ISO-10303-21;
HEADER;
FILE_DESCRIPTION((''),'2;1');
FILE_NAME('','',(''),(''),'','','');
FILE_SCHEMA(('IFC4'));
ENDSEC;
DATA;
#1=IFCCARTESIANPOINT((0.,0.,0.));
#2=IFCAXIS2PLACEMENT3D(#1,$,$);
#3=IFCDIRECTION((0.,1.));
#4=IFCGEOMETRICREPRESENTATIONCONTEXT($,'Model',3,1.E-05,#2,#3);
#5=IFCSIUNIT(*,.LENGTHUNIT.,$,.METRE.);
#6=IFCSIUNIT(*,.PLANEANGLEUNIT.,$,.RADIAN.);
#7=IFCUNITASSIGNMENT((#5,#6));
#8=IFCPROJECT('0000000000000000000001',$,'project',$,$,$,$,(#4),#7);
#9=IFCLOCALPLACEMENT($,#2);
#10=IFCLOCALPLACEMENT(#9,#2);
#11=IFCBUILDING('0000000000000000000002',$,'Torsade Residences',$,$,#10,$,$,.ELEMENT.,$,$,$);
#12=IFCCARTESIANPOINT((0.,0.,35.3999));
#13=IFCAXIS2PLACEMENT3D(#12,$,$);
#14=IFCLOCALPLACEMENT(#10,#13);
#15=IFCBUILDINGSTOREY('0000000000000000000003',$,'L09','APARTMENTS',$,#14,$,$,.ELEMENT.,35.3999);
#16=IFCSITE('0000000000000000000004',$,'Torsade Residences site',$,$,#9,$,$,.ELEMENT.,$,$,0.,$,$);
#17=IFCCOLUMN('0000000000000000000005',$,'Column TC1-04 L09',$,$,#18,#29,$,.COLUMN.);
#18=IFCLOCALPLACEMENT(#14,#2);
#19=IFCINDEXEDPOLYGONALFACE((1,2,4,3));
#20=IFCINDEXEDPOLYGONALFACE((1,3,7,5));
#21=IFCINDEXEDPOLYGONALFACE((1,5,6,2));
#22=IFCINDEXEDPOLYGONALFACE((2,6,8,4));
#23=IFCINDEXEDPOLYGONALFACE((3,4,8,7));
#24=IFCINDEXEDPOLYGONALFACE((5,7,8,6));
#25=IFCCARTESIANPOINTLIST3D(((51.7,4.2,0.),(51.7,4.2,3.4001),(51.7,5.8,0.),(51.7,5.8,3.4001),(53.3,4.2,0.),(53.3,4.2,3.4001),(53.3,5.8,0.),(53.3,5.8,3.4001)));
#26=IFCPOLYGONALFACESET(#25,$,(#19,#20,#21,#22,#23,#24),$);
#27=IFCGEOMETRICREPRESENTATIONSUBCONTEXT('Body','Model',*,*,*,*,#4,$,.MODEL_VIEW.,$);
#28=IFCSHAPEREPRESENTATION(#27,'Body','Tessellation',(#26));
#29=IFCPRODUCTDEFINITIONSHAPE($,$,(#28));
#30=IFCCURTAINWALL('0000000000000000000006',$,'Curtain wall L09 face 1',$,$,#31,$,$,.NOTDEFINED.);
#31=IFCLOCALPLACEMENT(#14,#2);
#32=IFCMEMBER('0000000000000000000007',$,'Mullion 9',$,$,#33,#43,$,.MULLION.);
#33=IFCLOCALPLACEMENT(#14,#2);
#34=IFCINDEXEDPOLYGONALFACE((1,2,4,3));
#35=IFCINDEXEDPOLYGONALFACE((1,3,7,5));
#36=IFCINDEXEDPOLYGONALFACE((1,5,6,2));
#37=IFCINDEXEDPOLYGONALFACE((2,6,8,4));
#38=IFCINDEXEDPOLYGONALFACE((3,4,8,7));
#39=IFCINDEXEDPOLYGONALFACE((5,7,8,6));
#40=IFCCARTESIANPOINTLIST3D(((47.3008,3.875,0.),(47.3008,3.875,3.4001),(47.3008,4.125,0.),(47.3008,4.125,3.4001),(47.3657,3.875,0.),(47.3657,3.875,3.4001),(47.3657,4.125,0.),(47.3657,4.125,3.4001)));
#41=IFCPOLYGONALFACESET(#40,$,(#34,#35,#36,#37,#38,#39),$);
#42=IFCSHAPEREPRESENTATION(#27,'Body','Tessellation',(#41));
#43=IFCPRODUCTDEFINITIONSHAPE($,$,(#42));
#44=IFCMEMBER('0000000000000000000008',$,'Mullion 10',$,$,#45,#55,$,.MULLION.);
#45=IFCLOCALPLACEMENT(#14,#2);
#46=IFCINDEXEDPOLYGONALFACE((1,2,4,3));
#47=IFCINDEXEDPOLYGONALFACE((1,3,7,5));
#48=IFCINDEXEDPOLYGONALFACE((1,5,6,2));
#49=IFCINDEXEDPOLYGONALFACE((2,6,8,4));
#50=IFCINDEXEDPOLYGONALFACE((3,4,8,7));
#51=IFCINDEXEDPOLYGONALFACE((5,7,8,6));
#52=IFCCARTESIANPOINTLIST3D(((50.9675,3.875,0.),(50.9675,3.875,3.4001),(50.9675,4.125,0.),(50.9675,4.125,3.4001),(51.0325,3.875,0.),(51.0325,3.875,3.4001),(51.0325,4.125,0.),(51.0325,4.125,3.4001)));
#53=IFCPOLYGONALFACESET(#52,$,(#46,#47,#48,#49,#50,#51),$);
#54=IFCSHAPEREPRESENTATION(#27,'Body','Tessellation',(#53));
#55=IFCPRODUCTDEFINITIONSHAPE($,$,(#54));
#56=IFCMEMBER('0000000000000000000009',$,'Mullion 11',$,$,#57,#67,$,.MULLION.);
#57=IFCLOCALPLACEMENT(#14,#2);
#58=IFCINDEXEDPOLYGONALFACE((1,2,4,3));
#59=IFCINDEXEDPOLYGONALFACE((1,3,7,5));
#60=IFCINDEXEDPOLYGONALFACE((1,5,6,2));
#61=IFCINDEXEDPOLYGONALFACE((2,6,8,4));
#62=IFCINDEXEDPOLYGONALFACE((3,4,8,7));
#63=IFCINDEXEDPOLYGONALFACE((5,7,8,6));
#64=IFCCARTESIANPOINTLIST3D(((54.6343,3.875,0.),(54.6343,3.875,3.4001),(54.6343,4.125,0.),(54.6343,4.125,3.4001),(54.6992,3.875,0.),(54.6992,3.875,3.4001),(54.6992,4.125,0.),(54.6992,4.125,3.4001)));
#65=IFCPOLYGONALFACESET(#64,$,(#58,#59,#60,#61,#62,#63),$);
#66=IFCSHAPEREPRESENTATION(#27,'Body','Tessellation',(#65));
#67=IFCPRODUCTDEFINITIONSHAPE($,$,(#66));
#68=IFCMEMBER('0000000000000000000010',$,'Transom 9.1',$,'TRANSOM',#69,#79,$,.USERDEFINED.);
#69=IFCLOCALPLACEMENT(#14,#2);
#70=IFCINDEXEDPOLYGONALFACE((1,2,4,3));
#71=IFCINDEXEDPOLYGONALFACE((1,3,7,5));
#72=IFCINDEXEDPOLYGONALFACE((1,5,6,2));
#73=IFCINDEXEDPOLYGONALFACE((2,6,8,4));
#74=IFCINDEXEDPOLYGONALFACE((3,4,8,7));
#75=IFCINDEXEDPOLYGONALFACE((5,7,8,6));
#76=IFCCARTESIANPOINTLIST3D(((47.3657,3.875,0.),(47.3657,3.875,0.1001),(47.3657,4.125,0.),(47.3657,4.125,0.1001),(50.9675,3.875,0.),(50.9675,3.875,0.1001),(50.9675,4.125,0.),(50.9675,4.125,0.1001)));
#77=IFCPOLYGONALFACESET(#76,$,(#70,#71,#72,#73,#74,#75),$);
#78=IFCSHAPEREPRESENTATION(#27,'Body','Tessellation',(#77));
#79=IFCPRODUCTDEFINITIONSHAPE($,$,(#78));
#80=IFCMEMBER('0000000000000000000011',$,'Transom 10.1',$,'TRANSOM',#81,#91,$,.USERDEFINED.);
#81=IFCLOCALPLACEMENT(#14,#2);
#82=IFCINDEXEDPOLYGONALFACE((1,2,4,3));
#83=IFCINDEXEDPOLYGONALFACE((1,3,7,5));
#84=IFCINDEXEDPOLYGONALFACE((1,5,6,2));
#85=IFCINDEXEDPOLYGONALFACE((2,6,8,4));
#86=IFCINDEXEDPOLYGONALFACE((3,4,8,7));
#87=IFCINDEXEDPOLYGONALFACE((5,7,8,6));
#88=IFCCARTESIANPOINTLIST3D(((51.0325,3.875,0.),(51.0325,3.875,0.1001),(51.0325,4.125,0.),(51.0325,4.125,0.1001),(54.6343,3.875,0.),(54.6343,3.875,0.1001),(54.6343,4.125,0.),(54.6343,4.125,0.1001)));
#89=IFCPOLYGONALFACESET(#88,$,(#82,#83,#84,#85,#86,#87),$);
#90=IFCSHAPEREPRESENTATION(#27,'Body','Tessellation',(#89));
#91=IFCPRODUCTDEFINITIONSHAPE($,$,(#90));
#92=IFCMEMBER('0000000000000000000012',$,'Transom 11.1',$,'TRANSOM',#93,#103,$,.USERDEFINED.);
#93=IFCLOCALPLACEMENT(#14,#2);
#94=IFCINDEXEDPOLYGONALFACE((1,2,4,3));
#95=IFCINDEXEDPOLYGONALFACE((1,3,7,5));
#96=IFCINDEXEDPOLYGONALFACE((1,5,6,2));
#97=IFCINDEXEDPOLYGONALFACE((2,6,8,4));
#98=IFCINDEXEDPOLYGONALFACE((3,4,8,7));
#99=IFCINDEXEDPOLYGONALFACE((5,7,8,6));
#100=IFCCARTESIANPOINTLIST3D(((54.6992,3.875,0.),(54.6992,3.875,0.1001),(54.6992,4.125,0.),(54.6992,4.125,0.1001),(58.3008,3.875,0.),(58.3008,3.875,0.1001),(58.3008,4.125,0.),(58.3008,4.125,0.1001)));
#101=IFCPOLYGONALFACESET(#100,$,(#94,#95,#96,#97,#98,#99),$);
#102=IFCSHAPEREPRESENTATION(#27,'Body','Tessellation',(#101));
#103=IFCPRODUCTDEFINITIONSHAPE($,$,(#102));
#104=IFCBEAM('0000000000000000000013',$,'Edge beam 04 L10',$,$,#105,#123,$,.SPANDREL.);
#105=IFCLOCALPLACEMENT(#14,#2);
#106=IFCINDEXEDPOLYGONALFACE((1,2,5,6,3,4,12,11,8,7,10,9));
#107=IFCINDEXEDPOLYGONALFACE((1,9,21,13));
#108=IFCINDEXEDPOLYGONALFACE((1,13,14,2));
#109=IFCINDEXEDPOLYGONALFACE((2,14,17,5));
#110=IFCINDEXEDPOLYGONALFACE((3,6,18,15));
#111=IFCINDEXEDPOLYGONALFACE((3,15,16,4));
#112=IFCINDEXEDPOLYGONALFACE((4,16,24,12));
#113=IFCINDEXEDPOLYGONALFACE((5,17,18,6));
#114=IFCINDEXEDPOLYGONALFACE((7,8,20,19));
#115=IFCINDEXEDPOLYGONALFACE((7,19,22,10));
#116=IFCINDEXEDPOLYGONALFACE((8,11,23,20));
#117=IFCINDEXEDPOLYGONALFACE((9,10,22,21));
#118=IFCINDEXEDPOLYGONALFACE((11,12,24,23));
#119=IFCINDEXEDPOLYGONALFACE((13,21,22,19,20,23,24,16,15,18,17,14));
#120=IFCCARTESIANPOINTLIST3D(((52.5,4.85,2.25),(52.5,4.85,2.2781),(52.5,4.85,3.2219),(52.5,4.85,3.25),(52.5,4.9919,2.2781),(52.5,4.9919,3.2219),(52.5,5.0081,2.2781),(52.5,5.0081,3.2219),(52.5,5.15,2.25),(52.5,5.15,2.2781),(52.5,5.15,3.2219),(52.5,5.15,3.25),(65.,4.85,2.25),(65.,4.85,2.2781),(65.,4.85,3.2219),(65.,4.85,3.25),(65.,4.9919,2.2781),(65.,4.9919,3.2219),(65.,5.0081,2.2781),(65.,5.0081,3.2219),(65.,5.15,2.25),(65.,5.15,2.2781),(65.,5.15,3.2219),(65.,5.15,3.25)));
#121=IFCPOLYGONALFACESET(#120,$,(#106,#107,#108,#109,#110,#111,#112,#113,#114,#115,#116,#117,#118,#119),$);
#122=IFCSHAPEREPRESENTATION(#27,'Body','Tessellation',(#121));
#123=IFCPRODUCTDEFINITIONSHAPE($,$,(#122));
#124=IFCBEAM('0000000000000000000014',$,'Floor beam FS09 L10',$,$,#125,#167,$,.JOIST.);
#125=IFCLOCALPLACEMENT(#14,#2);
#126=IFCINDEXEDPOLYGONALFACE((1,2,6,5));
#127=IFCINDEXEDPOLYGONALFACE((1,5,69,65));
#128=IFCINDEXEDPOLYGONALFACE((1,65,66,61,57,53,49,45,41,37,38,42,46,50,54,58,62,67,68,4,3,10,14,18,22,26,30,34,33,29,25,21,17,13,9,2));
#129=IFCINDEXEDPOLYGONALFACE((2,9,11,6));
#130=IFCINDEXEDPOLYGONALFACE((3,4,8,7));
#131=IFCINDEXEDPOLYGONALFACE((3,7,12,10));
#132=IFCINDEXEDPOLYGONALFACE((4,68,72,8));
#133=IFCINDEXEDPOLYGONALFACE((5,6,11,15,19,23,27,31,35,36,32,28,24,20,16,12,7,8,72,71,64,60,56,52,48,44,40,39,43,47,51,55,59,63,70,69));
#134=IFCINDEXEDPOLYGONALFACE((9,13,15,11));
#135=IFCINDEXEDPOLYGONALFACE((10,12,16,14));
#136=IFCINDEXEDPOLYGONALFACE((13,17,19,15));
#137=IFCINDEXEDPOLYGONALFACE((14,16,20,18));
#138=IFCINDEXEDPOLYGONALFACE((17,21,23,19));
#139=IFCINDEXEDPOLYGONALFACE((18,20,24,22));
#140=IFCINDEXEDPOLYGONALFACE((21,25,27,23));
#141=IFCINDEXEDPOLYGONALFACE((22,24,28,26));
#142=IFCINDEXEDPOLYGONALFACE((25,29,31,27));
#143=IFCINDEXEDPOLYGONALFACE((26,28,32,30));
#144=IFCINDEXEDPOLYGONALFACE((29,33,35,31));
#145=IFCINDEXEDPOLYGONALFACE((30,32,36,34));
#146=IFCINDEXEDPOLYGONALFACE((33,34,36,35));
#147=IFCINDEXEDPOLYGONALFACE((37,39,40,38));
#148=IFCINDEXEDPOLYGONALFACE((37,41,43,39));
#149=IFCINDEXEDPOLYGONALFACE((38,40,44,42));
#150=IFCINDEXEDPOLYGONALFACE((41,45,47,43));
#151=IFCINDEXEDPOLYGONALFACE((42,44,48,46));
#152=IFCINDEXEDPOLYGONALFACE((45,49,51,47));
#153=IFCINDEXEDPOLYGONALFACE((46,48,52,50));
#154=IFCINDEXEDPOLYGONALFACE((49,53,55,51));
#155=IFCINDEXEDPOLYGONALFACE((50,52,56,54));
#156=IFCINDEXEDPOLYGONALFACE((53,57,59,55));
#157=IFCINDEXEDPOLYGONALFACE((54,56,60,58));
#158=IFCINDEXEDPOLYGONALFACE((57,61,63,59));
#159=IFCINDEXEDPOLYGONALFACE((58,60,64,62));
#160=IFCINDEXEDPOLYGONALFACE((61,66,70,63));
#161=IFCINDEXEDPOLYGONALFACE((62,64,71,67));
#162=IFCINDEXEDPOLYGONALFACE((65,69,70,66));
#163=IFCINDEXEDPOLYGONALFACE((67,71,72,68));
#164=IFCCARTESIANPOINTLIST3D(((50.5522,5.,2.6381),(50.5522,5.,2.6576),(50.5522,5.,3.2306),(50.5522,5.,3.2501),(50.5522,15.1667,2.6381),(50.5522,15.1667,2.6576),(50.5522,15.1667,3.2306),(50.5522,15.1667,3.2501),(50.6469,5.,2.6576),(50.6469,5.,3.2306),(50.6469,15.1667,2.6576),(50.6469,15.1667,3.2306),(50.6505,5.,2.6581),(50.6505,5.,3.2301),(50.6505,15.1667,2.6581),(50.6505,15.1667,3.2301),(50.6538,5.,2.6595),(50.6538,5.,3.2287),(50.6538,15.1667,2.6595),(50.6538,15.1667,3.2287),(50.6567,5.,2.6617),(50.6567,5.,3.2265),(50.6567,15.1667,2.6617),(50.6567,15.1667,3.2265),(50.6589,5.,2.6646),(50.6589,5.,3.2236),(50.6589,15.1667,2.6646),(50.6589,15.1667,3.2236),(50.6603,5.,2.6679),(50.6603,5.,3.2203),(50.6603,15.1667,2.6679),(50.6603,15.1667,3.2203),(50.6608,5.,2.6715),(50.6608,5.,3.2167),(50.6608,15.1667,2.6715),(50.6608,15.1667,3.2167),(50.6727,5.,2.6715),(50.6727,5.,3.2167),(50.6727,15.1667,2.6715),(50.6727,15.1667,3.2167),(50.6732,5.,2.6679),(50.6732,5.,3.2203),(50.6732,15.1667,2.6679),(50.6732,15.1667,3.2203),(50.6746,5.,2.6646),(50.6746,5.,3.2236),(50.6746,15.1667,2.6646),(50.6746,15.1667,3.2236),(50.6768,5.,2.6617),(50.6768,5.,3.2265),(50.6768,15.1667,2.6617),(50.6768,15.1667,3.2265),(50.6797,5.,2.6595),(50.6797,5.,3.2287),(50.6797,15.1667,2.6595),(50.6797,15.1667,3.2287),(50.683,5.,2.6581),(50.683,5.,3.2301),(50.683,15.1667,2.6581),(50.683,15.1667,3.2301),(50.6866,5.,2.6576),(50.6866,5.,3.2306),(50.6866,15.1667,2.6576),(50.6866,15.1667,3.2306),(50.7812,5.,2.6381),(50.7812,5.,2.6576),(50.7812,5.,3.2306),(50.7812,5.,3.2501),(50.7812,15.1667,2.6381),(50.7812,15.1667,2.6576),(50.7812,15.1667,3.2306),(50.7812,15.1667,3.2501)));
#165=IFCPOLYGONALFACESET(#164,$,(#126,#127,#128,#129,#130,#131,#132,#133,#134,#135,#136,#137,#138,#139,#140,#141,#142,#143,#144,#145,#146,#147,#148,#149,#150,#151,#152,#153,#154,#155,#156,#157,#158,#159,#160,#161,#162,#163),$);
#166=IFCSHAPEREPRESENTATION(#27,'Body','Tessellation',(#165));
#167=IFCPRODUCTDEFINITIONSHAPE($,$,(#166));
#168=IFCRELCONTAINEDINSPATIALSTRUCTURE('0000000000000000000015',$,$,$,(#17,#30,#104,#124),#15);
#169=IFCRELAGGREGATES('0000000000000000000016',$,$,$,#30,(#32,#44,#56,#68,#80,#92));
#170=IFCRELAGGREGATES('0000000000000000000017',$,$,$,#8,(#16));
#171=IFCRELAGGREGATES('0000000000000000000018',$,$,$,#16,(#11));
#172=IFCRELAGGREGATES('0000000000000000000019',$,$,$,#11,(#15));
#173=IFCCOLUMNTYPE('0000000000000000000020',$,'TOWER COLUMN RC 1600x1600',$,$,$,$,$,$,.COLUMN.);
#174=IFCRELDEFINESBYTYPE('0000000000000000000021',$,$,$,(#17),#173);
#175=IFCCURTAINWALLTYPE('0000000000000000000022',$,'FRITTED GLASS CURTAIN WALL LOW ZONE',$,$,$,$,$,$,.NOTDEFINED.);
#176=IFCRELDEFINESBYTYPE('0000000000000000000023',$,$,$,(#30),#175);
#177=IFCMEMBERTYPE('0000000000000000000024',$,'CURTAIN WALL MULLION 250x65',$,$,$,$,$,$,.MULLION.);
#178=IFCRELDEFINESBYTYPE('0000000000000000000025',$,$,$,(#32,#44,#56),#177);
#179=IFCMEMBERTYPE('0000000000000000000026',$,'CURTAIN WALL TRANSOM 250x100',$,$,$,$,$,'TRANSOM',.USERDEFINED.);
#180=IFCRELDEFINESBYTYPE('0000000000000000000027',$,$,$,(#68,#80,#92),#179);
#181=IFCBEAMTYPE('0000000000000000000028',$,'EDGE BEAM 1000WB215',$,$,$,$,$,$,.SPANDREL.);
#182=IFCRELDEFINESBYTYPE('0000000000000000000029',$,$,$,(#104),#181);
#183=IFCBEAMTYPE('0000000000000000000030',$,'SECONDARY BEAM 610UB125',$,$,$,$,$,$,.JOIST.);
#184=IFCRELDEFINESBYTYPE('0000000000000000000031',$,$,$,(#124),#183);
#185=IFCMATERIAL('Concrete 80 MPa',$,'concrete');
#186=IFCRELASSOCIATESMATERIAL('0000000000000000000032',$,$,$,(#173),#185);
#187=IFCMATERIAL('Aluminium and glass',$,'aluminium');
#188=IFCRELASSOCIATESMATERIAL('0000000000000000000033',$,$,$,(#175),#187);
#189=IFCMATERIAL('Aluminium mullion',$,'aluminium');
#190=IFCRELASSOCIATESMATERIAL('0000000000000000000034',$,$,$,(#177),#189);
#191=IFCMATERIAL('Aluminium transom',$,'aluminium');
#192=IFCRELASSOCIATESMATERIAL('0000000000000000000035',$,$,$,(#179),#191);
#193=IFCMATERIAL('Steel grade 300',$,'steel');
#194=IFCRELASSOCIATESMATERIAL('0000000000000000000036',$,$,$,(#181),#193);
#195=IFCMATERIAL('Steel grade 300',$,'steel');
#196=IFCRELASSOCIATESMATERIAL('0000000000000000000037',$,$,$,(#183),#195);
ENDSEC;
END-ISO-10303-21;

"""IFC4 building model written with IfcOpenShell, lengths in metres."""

from ifc_helpers import new_model, si_unit, direction, frame, origin, origin_2d, place, context, subcontext, project, spatial, rectangle, i_section, extrude, material, material_profile, profile_set, type_object, element, aggregate, save


model = new_model("IFC4")

# Units and contexts
model_context = context("Model", 3, precision=1e-05, world=origin(), true_north=direction((0.0, 1.0)))
body_context = subcontext(model_context, "Body", "Model", "MODEL_VIEW")
ifc_project = project(units=[si_unit("LENGTHUNIT", "METRE"), si_unit("PLANEANGLEUNIT", "RADIAN")], contexts=[model_context])

# Site, building, storey
site_placement = place(None, origin())
site = spatial("IfcSite", under=ifc_project, at=site_placement, Name="Torsade Residences site", CompositionType="ELEMENT", RefElevation=0.0)
building_placement = place(site_placement, origin())
building = spatial("IfcBuilding", under=site, at=building_placement, Name="Torsade Residences", CompositionType="ELEMENT")
storey_placement = place(building_placement, frame((0.0, 0.0, 35.3999)))
storey = spatial("IfcBuildingStorey", under=building, at=storey_placement, Name="L09", Description="APARTMENTS", CompositionType="ELEMENT", Elevation=35.3999)

# Column
ifc_material_1 = material(Name="Concrete 80 MPa", Category="concrete")
ifc_material_profile_1 = material_profile(ifc_material_1, rectangle(XDim=1.6001, YDim=1.6001, at=origin_2d()), Name="RC 1600x1600")
ifc_profile_set_1 = profile_set([ifc_material_profile_1], Name="Concrete 80 MPa")
column_type = type_object("IfcColumnType", Name="TOWER COLUMN RC 1600x1600", PredefinedType="COLUMN", material=ifc_profile_set_1)
column_placement = place(storey_placement, frame((52.5, 5.0, 0.0), z_axis=(0.0, 0.0, 1.0), x_axis=(1.0, 0.0, 0.0)))
element("IfcColumn", 1, at=column_placement, inside=storey, type_object=column_type, Name="Column TC1-04 L09", PredefinedType="COLUMN", context=body_context, shape_type="SweptSolid", body=[
    extrude(rectangle(XDim=1.6001, YDim=1.6001, at=origin_2d()), origin(), (0.0, 0.0, 1.0), 3.4001),
])

# Curtain wall, members
ifc_material_2 = material(Name="Aluminium and glass", Category="aluminium")
curtain_wall_type = type_object("IfcCurtainWallType", Name="FRITTED GLASS CURTAIN WALL LOW ZONE", PredefinedType="NOTDEFINED", material=ifc_material_2)
curtain_wall_placement = place(storey_placement, origin())
curtain_wall = element("IfcCurtainWall", 2, at=curtain_wall_placement, inside=storey, type_object=curtain_wall_type, Name="Curtain wall L09 face 1", PredefinedType="NOTDEFINED")
ifc_material_3 = material(Name="Aluminium mullion", Category="aluminium")
ifc_material_profile_2 = material_profile(ifc_material_3, rectangle(XDim=0.25, YDim=0.0649, at=origin_2d()), Name="CURTAIN WALL MULLION 250x65")
ifc_profile_set_2 = profile_set([ifc_material_profile_2], Name="Aluminium mullion")
member_type_1 = type_object("IfcMemberType", Name="CURTAIN WALL MULLION 250x65", PredefinedType="MULLION", material=ifc_profile_set_2)
member_1_placement = place(storey_placement, frame((47.3333, 4.0, 0.0), z_axis=(0.0, 0.0, 1.0), x_axis=(0.0, 1.0, 0.0)))
member_1 = element("IfcMember", 3, at=member_1_placement, type_object=member_type_1, Name="Mullion 9", PredefinedType="MULLION", context=body_context, shape_type="SweptSolid", body=[
    extrude(rectangle(XDim=0.25, YDim=0.0649, at=origin_2d()), origin(), (0.0, 0.0, 1.0), 3.4001),
])
member_2_placement = place(storey_placement, frame((51.0, 4.0, 0.0), z_axis=(0.0, 0.0, 1.0), x_axis=(0.0, 1.0, 0.0)))
member_2 = element("IfcMember", 4, at=member_2_placement, type_object=member_type_1, Name="Mullion 10", PredefinedType="MULLION", context=body_context, shape_type="SweptSolid", body=[
    extrude(rectangle(XDim=0.25, YDim=0.0649, at=origin_2d()), origin(), (0.0, 0.0, 1.0), 3.4001),
])
member_3_placement = place(storey_placement, frame((54.6667, 4.0, 0.0), z_axis=(0.0, 0.0, 1.0), x_axis=(0.0, 1.0, 0.0)))
member_3 = element("IfcMember", 5, at=member_3_placement, type_object=member_type_1, Name="Mullion 11", PredefinedType="MULLION", context=body_context, shape_type="SweptSolid", body=[
    extrude(rectangle(XDim=0.25, YDim=0.0649, at=origin_2d()), origin(), (0.0, 0.0, 1.0), 3.4001),
])
ifc_material_4 = material(Name="Aluminium transom", Category="aluminium")
ifc_material_profile_3 = material_profile(ifc_material_4, rectangle(XDim=0.25, YDim=0.1001, at=origin_2d()), Name="CURTAIN WALL TRANSOM 250x100")
ifc_profile_set_3 = profile_set([ifc_material_profile_3], Name="Aluminium transom")
member_type_2 = type_object("IfcMemberType", Name="CURTAIN WALL TRANSOM 250x100", ElementType="TRANSOM", PredefinedType="USERDEFINED", material=ifc_profile_set_3)
member_4_placement = place(storey_placement, frame((47.3657, 4.0, 0.05), z_axis=(1.0, 0.0, 0.0), x_axis=(0.0, 1.0, 0.0)))
member_4 = element("IfcMember", 6, at=member_4_placement, type_object=member_type_2, Name="Transom 9.1", ObjectType="TRANSOM", PredefinedType="USERDEFINED", context=body_context, shape_type="SweptSolid", body=[
    extrude(rectangle(XDim=0.25, YDim=0.1001, at=origin_2d()), origin(), (0.0, 0.0, 1.0), 3.6018),
])
member_5_placement = place(storey_placement, frame((51.0325, 4.0, 0.05), z_axis=(1.0, 0.0, 0.0), x_axis=(0.0, 1.0, 0.0)))
member_5 = element("IfcMember", 7, at=member_5_placement, type_object=member_type_2, Name="Transom 10.1", ObjectType="TRANSOM", PredefinedType="USERDEFINED", context=body_context, shape_type="SweptSolid", body=[
    extrude(rectangle(XDim=0.25, YDim=0.1001, at=origin_2d()), origin(), (0.0, 0.0, 1.0), 3.6018),
])
member_6_placement = place(storey_placement, frame((54.6992, 4.0, 0.05), z_axis=(1.0, 0.0, 0.0), x_axis=(0.0, 1.0, 0.0)))
member_6 = element("IfcMember", 8, at=member_6_placement, type_object=member_type_2, Name="Transom 11.1", ObjectType="TRANSOM", PredefinedType="USERDEFINED", context=body_context, shape_type="SweptSolid", body=[
    extrude(rectangle(XDim=0.25, YDim=0.1001, at=origin_2d()), origin(), (0.0, 0.0, 1.0), 3.6016),
])

# Beams
ifc_material_5 = material(Name="Steel grade 300", Category="steel")
ifc_material_profile_4 = material_profile(ifc_material_5, i_section(OverallWidth=0.3, OverallDepth=1.0, WebThickness=0.0161, FlangeThickness=0.0281, at=origin_2d()), Name="1000WB215")
ifc_profile_set_4 = profile_set([ifc_material_profile_4], Name="Steel grade 300")
beam_type_1 = type_object("IfcBeamType", Name="EDGE BEAM 1000WB215", PredefinedType="SPANDREL", material=ifc_profile_set_4)
beam_1_placement = place(storey_placement, frame((52.5, 5.0, 2.75), z_axis=(1.0, 0.0, 0.0), x_axis=(0.0, 1.0, 0.0)))
element("IfcBeam", 9, at=beam_1_placement, inside=storey, type_object=beam_type_1, Name="Edge beam 04 L10", PredefinedType="SPANDREL", context=body_context, shape_type="SweptSolid", body=[
    extrude(i_section(OverallWidth=0.3, OverallDepth=1.0, WebThickness=0.0161, FlangeThickness=0.0281, at=origin_2d()), origin(), (0.0, 0.0, 1.0), 12.5),
])
ifc_material_6 = material(Name="Steel grade 300", Category="steel")
ifc_material_profile_5 = material_profile(ifc_material_6, i_section(OverallWidth=0.229, OverallDepth=0.6121, WebThickness=0.012, FlangeThickness=0.0195, FilletRadius=0.0139, at=origin_2d()), Name="610UB125")
ifc_profile_set_5 = profile_set([ifc_material_profile_5], Name="Steel grade 300")
beam_type_2 = type_object("IfcBeamType", Name="SECONDARY BEAM 610UB125", PredefinedType="JOIST", material=ifc_profile_set_5)
beam_2_placement = place(storey_placement, frame((50.6667, 5.0, 2.9441), z_axis=(0.0, 1.0, 0.0), x_axis=(-1.0, 0.0, 0.0)))
element("IfcBeam", 10, at=beam_2_placement, inside=storey, type_object=beam_type_2, Name="Floor beam FS09 L10", PredefinedType="JOIST", context=body_context, shape_type="SweptSolid", body=[
    extrude(i_section(OverallWidth=0.229, OverallDepth=0.6121, WebThickness=0.012, FlangeThickness=0.0195, FilletRadius=0.0139, at=origin_2d()), origin(), (0.0, 0.0, 1.0), 10.1667),
])

aggregate(curtain_wall, [member_1, member_2, member_3, member_4, member_5, member_6])

save(model, "model.ifc")
